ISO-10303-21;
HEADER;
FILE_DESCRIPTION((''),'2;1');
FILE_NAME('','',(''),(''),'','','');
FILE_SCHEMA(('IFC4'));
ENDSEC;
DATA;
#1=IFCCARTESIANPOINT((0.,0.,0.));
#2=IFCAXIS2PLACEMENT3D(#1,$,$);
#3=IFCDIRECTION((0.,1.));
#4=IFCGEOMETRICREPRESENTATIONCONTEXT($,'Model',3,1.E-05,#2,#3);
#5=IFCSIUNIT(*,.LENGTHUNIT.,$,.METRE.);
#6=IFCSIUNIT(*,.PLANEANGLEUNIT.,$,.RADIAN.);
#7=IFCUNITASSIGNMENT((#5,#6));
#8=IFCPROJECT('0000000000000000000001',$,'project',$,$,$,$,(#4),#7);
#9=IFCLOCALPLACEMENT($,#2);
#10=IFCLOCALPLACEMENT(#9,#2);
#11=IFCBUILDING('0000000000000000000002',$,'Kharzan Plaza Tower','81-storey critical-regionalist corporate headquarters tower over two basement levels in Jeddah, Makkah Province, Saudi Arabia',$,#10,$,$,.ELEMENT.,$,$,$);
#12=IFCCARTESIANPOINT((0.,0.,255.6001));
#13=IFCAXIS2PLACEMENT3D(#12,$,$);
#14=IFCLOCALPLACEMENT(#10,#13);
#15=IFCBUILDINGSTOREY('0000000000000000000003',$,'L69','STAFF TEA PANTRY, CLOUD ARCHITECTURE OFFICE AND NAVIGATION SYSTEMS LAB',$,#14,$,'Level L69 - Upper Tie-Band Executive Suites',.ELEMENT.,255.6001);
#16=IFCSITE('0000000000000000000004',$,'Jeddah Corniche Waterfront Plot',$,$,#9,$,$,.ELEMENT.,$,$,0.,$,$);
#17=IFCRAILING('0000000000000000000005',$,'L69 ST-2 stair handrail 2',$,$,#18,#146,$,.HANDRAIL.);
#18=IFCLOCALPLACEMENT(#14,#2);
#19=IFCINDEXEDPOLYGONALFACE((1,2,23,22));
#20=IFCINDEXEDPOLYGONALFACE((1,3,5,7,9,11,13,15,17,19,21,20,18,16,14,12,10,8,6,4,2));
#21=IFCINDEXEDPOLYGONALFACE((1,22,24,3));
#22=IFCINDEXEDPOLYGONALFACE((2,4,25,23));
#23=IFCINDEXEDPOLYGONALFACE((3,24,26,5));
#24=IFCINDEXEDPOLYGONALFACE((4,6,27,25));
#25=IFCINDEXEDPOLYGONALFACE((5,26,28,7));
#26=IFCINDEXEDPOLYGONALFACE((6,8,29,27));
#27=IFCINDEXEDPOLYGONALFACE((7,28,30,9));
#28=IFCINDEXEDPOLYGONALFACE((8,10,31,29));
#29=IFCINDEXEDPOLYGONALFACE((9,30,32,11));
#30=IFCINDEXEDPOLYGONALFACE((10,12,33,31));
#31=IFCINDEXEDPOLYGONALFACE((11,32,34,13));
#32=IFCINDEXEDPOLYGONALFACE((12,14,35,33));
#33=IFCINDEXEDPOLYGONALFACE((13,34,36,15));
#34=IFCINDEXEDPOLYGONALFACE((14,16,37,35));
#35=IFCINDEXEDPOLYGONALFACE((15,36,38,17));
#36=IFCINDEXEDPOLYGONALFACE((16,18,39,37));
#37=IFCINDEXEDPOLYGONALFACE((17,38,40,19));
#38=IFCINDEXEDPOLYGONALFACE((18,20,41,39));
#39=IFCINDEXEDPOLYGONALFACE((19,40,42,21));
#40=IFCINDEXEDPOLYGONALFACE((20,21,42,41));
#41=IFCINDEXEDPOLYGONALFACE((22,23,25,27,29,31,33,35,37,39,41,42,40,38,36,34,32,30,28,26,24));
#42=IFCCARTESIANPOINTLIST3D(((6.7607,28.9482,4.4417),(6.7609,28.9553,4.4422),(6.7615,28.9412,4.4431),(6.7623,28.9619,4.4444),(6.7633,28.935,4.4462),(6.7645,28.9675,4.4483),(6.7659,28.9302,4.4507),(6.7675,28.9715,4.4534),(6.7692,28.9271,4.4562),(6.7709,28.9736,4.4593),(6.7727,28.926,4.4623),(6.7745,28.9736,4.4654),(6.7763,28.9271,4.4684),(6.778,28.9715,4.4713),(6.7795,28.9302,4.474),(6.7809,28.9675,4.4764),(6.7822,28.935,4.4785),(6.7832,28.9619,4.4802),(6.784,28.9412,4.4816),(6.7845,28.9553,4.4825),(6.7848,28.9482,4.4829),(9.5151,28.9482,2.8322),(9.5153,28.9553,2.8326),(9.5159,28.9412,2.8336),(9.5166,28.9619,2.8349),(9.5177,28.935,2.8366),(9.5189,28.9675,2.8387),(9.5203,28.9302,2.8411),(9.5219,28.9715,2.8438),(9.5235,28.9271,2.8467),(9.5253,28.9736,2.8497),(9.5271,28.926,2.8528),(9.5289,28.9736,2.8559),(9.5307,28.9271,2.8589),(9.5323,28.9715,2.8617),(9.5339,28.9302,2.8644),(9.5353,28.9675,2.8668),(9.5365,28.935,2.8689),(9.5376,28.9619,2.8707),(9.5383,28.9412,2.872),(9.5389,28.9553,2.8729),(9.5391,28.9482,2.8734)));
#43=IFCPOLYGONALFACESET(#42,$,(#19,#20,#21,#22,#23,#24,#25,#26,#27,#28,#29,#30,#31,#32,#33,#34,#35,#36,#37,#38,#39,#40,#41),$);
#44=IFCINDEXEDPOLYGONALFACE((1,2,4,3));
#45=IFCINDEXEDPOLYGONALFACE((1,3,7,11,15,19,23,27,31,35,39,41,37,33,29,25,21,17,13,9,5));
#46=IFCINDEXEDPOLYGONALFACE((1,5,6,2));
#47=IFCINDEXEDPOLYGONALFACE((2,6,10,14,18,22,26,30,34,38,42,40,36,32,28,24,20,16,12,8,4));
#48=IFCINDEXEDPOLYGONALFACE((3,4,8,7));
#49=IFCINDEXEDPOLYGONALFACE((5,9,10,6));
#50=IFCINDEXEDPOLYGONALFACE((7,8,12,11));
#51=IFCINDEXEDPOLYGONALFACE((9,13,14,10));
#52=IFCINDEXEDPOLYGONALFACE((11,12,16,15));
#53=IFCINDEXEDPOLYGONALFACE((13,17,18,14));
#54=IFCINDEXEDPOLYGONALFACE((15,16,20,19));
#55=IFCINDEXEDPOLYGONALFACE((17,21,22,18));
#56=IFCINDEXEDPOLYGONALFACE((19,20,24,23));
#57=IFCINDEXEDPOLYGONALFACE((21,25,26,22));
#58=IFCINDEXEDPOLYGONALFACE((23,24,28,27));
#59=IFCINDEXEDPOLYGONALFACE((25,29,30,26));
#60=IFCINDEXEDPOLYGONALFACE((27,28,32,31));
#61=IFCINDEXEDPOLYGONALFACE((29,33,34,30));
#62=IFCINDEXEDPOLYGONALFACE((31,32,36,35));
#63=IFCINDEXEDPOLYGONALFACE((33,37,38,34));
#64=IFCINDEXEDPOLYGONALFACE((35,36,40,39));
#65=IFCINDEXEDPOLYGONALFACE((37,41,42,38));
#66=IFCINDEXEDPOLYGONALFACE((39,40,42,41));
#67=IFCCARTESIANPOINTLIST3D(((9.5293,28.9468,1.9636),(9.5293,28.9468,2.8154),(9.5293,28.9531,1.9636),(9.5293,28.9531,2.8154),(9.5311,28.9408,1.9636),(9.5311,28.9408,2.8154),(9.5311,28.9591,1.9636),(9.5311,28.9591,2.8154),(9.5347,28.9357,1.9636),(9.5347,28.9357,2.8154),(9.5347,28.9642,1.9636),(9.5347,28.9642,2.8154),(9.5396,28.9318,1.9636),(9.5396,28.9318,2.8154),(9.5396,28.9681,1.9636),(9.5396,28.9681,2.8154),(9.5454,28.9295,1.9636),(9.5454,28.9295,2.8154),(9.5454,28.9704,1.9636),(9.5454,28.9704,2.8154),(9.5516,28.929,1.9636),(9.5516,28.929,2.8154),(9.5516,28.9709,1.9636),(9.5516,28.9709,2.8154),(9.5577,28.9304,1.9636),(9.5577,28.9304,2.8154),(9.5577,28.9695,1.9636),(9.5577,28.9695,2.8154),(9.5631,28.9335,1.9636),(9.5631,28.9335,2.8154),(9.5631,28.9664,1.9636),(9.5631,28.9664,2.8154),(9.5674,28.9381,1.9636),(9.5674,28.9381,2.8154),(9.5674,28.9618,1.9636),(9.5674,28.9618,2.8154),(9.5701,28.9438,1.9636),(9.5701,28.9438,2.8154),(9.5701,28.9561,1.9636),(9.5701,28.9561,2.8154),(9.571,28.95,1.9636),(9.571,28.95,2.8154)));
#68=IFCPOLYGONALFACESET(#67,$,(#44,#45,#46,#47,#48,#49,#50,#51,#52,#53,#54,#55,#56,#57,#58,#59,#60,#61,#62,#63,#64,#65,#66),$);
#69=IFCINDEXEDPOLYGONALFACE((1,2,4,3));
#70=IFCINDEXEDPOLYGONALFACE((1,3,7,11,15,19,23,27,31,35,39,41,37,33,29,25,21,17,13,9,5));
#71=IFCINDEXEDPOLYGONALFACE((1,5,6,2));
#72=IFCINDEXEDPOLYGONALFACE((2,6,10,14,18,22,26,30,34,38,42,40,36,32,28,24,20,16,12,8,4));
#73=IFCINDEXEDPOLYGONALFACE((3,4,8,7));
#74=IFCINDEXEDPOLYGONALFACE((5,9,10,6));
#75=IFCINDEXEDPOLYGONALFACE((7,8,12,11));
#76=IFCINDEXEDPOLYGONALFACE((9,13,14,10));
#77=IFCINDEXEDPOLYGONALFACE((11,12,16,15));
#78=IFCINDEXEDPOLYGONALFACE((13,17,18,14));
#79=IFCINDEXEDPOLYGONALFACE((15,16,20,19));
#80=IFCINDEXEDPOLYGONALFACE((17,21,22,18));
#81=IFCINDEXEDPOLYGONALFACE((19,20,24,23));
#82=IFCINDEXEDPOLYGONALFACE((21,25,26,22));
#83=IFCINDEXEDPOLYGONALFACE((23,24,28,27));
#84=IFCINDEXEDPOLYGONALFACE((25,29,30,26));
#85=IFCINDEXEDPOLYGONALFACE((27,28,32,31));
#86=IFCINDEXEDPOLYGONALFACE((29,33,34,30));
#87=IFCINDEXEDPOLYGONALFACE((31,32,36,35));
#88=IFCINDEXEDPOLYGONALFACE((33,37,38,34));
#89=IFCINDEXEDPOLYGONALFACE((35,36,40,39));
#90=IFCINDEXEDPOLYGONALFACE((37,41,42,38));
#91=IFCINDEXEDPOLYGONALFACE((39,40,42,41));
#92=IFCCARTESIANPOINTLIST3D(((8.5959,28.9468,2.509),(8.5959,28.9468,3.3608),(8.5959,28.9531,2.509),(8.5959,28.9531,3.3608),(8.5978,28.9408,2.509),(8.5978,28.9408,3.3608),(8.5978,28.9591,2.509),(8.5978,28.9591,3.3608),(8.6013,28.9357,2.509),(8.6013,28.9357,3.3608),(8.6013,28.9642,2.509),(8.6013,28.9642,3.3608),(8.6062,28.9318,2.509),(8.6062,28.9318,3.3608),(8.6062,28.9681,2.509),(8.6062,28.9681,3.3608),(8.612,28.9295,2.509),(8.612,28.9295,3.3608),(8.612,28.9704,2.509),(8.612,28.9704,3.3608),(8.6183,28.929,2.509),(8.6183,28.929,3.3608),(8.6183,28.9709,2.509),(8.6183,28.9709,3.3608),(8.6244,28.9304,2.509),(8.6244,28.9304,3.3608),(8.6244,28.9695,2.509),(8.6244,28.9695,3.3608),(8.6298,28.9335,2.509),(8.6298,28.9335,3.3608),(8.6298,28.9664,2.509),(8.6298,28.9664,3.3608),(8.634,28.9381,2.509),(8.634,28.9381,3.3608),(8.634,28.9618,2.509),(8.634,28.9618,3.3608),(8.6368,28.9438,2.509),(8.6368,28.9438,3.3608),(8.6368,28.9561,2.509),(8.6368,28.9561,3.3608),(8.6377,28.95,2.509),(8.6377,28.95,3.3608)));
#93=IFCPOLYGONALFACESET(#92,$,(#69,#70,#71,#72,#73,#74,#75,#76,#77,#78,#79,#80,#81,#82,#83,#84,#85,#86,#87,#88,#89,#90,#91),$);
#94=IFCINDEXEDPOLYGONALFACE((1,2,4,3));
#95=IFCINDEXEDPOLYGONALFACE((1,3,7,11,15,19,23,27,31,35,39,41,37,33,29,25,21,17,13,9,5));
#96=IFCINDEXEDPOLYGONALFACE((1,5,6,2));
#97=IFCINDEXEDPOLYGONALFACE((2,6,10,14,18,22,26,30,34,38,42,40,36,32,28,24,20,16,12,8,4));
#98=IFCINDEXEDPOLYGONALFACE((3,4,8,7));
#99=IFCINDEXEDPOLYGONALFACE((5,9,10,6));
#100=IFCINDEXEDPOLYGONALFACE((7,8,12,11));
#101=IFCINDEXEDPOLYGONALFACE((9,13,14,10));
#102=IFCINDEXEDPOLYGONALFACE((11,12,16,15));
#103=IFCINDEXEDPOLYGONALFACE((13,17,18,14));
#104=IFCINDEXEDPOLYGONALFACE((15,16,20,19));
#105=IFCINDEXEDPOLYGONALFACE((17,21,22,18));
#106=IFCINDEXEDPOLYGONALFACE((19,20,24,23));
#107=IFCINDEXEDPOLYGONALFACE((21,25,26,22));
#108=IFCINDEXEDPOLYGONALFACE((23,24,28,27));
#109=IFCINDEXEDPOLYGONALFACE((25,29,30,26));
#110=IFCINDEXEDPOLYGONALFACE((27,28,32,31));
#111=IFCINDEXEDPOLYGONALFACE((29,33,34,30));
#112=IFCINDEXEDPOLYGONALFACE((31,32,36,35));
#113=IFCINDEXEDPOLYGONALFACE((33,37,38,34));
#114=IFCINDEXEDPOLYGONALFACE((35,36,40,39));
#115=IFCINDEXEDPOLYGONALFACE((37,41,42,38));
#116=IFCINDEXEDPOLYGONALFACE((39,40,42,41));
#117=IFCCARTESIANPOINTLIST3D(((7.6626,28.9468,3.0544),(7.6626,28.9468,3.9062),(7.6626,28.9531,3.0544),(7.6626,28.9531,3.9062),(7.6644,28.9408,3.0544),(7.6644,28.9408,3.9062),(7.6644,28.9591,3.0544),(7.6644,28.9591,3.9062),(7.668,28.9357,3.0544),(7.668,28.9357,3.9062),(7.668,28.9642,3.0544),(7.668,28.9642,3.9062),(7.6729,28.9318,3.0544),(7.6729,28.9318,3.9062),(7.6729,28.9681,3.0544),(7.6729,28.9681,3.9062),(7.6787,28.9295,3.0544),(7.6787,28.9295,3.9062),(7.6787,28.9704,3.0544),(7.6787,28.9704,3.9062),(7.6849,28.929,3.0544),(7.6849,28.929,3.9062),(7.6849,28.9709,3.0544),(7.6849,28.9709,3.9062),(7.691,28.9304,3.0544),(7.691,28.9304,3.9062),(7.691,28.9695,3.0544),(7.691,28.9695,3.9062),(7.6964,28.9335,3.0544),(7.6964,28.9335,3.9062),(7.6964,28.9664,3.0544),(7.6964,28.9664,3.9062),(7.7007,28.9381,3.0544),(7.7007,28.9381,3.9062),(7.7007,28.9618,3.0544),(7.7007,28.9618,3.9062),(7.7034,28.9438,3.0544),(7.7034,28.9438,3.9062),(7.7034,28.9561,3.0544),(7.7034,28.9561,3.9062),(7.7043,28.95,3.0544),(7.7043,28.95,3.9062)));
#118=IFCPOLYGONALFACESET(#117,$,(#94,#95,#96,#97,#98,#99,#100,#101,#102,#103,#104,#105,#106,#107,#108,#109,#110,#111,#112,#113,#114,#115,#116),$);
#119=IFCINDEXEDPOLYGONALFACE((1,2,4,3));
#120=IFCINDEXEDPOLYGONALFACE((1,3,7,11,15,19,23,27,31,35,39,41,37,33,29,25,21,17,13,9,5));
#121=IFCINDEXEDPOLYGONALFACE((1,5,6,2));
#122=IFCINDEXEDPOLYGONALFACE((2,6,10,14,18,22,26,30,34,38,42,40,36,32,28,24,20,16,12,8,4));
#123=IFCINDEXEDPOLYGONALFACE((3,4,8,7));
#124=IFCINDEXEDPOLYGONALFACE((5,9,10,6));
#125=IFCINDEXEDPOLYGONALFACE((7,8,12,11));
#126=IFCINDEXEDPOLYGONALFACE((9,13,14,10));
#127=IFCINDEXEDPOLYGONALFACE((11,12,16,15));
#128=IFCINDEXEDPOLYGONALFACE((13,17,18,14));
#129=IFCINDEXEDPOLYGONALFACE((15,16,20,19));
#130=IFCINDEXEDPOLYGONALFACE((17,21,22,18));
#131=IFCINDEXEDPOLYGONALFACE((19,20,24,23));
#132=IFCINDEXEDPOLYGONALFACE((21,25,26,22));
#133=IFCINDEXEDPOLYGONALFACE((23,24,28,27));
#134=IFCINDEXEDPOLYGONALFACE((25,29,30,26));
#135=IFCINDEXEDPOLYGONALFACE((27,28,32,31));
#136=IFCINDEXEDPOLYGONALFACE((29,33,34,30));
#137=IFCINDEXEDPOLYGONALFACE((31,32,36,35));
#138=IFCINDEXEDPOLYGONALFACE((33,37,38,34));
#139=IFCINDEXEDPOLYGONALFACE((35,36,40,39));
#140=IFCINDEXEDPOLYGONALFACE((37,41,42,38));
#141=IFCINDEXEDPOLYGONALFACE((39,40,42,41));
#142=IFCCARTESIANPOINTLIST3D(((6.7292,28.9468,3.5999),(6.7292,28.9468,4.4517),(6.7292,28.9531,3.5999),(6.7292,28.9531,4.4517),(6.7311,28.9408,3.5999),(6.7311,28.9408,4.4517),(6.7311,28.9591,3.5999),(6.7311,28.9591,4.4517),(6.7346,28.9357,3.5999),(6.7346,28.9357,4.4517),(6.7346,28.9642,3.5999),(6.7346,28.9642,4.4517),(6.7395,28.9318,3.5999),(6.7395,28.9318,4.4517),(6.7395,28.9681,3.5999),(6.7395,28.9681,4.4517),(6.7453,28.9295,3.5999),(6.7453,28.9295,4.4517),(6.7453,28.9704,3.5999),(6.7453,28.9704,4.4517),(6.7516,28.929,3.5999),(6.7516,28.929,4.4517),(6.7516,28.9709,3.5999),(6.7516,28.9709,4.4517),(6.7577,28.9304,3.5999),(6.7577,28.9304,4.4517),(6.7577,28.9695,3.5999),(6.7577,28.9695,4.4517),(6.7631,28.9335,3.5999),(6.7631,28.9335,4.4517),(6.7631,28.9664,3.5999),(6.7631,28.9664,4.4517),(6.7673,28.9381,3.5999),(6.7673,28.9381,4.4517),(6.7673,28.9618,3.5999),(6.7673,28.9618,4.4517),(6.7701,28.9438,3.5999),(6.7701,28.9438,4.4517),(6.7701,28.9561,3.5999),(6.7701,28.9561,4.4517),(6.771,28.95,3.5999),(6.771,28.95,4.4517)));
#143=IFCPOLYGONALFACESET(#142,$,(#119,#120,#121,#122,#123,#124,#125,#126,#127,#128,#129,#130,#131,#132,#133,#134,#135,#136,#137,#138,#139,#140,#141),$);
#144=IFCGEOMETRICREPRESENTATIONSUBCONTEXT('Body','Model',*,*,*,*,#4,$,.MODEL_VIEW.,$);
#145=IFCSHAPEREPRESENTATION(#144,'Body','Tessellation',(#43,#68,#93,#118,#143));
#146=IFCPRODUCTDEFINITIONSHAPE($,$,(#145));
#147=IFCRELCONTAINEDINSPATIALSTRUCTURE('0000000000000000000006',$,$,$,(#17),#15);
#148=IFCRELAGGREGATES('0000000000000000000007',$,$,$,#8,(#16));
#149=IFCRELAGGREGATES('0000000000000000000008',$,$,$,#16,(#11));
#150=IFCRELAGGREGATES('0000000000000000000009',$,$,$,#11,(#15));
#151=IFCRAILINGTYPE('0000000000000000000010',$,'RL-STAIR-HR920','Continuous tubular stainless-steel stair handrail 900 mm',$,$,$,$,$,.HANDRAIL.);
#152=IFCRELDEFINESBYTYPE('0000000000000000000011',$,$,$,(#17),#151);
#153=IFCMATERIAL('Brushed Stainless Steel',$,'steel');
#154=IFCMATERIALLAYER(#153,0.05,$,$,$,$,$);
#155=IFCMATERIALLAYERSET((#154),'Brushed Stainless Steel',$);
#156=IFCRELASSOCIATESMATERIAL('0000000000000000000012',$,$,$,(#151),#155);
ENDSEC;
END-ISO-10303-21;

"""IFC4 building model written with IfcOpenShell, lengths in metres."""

from ifc_helpers import new_model, si_unit, direction, frame, origin, origin_2d, place, context, subcontext, project, spatial, circle, extrude, source, transform, mapped, material, layer, layer_set, type_object, element, save


model = new_model("IFC4")

# Units and contexts
model_context = context("Model", 3, precision=1e-05, world=origin(), true_north=direction((0.0, 1.0)))
body_context = subcontext(model_context, "Body", "Model", "MODEL_VIEW")
ifc_project = project(units=[si_unit("LENGTHUNIT", "METRE"), si_unit("PLANEANGLEUNIT", "RADIAN")], contexts=[model_context])

# Site, building, storey
site_placement = place(None, origin())
site = spatial("IfcSite", under=ifc_project, at=site_placement, Name="Jeddah Corniche Waterfront Plot", CompositionType="ELEMENT", RefElevation=0.0)
building_placement = place(site_placement, origin())
building = spatial("IfcBuilding", under=site, at=building_placement, Name="Kharzan Plaza Tower", Description="81-storey critical-regionalist corporate headquarters tower over two basement levels in Jeddah, Makkah Province, Saudi Arabia", CompositionType="ELEMENT")
storey_placement = place(building_placement, frame((0.0, 0.0, 255.6001)))
storey = spatial("IfcBuildingStorey", under=building, at=storey_placement, Name="L69", Description="STAFF TEA PANTRY, CLOUD ARCHITECTURE OFFICE AND NAVIGATION SYSTEMS LAB", LongName="Level L69 - Upper Tie-Band Executive Suites", CompositionType="ELEMENT", Elevation=255.6001)

# Railing
ifc_material_1 = material(Name="Brushed Stainless Steel", Category="steel")
ifc_layer_1 = layer(ifc_material_1, 0.05)
ifc_layer_set_1 = layer_set([ifc_layer_1], Name="Brushed Stainless Steel")
railing_type_1 = type_object("IfcRailingType", Name="RL-STAIR-HR920", Description="Continuous tubular stainless-steel stair handrail 900 mm", PredefinedType="HANDRAIL", material=ifc_layer_set_1)
shared_shape_1 = source(origin(), body_context, "Body", "SweptSolid", [
    extrude(circle(Radius=0.0239, at=origin_2d()), frame((-0.0229, 0.0, 0.8892), z_axis=(-0.863394, 0.0, 0.504531), x_axis=(0.0, -1.0, 0.0)), (0.0, 0.0, 1.0), 3.1902),
    extrude(circle(Radius=0.021, at=origin_2d()), origin(), (0.0, 0.0, 1.0), 0.8518),
    extrude(circle(Radius=0.021, at=origin_2d()), frame((-0.9333, 0.0, 0.5454)), (0.0, 0.0, 1.0), 0.8518),
    extrude(circle(Radius=0.021, at=origin_2d()), frame((-1.8667, 0.0, 1.0908)), (0.0, 0.0, 1.0), 0.8518),
    extrude(circle(Radius=0.021, at=origin_2d()), frame((-2.8, 0.0, 1.6362)), (0.0, 0.0, 1.0), 0.8518),
])
railing_1_placement = place(storey_placement, frame((9.55, 28.95, 1.9636)))
element("IfcRailing", 1, at=railing_1_placement, inside=storey, type_object=railing_type_1, Name="L69 ST-2 stair handrail 2", PredefinedType="HANDRAIL", context=body_context, shape_type="MappedRepresentation", body=[
    mapped(shared_shape_1, transform((0.0, 0.0, 0.0), x_axis=(1.0, 0.0, 0.0), y_axis=(0.0, 1.0, 0.0), z_axis=(0.0, 0.0, 1.0))),
])

save(model, "model.ifc")
